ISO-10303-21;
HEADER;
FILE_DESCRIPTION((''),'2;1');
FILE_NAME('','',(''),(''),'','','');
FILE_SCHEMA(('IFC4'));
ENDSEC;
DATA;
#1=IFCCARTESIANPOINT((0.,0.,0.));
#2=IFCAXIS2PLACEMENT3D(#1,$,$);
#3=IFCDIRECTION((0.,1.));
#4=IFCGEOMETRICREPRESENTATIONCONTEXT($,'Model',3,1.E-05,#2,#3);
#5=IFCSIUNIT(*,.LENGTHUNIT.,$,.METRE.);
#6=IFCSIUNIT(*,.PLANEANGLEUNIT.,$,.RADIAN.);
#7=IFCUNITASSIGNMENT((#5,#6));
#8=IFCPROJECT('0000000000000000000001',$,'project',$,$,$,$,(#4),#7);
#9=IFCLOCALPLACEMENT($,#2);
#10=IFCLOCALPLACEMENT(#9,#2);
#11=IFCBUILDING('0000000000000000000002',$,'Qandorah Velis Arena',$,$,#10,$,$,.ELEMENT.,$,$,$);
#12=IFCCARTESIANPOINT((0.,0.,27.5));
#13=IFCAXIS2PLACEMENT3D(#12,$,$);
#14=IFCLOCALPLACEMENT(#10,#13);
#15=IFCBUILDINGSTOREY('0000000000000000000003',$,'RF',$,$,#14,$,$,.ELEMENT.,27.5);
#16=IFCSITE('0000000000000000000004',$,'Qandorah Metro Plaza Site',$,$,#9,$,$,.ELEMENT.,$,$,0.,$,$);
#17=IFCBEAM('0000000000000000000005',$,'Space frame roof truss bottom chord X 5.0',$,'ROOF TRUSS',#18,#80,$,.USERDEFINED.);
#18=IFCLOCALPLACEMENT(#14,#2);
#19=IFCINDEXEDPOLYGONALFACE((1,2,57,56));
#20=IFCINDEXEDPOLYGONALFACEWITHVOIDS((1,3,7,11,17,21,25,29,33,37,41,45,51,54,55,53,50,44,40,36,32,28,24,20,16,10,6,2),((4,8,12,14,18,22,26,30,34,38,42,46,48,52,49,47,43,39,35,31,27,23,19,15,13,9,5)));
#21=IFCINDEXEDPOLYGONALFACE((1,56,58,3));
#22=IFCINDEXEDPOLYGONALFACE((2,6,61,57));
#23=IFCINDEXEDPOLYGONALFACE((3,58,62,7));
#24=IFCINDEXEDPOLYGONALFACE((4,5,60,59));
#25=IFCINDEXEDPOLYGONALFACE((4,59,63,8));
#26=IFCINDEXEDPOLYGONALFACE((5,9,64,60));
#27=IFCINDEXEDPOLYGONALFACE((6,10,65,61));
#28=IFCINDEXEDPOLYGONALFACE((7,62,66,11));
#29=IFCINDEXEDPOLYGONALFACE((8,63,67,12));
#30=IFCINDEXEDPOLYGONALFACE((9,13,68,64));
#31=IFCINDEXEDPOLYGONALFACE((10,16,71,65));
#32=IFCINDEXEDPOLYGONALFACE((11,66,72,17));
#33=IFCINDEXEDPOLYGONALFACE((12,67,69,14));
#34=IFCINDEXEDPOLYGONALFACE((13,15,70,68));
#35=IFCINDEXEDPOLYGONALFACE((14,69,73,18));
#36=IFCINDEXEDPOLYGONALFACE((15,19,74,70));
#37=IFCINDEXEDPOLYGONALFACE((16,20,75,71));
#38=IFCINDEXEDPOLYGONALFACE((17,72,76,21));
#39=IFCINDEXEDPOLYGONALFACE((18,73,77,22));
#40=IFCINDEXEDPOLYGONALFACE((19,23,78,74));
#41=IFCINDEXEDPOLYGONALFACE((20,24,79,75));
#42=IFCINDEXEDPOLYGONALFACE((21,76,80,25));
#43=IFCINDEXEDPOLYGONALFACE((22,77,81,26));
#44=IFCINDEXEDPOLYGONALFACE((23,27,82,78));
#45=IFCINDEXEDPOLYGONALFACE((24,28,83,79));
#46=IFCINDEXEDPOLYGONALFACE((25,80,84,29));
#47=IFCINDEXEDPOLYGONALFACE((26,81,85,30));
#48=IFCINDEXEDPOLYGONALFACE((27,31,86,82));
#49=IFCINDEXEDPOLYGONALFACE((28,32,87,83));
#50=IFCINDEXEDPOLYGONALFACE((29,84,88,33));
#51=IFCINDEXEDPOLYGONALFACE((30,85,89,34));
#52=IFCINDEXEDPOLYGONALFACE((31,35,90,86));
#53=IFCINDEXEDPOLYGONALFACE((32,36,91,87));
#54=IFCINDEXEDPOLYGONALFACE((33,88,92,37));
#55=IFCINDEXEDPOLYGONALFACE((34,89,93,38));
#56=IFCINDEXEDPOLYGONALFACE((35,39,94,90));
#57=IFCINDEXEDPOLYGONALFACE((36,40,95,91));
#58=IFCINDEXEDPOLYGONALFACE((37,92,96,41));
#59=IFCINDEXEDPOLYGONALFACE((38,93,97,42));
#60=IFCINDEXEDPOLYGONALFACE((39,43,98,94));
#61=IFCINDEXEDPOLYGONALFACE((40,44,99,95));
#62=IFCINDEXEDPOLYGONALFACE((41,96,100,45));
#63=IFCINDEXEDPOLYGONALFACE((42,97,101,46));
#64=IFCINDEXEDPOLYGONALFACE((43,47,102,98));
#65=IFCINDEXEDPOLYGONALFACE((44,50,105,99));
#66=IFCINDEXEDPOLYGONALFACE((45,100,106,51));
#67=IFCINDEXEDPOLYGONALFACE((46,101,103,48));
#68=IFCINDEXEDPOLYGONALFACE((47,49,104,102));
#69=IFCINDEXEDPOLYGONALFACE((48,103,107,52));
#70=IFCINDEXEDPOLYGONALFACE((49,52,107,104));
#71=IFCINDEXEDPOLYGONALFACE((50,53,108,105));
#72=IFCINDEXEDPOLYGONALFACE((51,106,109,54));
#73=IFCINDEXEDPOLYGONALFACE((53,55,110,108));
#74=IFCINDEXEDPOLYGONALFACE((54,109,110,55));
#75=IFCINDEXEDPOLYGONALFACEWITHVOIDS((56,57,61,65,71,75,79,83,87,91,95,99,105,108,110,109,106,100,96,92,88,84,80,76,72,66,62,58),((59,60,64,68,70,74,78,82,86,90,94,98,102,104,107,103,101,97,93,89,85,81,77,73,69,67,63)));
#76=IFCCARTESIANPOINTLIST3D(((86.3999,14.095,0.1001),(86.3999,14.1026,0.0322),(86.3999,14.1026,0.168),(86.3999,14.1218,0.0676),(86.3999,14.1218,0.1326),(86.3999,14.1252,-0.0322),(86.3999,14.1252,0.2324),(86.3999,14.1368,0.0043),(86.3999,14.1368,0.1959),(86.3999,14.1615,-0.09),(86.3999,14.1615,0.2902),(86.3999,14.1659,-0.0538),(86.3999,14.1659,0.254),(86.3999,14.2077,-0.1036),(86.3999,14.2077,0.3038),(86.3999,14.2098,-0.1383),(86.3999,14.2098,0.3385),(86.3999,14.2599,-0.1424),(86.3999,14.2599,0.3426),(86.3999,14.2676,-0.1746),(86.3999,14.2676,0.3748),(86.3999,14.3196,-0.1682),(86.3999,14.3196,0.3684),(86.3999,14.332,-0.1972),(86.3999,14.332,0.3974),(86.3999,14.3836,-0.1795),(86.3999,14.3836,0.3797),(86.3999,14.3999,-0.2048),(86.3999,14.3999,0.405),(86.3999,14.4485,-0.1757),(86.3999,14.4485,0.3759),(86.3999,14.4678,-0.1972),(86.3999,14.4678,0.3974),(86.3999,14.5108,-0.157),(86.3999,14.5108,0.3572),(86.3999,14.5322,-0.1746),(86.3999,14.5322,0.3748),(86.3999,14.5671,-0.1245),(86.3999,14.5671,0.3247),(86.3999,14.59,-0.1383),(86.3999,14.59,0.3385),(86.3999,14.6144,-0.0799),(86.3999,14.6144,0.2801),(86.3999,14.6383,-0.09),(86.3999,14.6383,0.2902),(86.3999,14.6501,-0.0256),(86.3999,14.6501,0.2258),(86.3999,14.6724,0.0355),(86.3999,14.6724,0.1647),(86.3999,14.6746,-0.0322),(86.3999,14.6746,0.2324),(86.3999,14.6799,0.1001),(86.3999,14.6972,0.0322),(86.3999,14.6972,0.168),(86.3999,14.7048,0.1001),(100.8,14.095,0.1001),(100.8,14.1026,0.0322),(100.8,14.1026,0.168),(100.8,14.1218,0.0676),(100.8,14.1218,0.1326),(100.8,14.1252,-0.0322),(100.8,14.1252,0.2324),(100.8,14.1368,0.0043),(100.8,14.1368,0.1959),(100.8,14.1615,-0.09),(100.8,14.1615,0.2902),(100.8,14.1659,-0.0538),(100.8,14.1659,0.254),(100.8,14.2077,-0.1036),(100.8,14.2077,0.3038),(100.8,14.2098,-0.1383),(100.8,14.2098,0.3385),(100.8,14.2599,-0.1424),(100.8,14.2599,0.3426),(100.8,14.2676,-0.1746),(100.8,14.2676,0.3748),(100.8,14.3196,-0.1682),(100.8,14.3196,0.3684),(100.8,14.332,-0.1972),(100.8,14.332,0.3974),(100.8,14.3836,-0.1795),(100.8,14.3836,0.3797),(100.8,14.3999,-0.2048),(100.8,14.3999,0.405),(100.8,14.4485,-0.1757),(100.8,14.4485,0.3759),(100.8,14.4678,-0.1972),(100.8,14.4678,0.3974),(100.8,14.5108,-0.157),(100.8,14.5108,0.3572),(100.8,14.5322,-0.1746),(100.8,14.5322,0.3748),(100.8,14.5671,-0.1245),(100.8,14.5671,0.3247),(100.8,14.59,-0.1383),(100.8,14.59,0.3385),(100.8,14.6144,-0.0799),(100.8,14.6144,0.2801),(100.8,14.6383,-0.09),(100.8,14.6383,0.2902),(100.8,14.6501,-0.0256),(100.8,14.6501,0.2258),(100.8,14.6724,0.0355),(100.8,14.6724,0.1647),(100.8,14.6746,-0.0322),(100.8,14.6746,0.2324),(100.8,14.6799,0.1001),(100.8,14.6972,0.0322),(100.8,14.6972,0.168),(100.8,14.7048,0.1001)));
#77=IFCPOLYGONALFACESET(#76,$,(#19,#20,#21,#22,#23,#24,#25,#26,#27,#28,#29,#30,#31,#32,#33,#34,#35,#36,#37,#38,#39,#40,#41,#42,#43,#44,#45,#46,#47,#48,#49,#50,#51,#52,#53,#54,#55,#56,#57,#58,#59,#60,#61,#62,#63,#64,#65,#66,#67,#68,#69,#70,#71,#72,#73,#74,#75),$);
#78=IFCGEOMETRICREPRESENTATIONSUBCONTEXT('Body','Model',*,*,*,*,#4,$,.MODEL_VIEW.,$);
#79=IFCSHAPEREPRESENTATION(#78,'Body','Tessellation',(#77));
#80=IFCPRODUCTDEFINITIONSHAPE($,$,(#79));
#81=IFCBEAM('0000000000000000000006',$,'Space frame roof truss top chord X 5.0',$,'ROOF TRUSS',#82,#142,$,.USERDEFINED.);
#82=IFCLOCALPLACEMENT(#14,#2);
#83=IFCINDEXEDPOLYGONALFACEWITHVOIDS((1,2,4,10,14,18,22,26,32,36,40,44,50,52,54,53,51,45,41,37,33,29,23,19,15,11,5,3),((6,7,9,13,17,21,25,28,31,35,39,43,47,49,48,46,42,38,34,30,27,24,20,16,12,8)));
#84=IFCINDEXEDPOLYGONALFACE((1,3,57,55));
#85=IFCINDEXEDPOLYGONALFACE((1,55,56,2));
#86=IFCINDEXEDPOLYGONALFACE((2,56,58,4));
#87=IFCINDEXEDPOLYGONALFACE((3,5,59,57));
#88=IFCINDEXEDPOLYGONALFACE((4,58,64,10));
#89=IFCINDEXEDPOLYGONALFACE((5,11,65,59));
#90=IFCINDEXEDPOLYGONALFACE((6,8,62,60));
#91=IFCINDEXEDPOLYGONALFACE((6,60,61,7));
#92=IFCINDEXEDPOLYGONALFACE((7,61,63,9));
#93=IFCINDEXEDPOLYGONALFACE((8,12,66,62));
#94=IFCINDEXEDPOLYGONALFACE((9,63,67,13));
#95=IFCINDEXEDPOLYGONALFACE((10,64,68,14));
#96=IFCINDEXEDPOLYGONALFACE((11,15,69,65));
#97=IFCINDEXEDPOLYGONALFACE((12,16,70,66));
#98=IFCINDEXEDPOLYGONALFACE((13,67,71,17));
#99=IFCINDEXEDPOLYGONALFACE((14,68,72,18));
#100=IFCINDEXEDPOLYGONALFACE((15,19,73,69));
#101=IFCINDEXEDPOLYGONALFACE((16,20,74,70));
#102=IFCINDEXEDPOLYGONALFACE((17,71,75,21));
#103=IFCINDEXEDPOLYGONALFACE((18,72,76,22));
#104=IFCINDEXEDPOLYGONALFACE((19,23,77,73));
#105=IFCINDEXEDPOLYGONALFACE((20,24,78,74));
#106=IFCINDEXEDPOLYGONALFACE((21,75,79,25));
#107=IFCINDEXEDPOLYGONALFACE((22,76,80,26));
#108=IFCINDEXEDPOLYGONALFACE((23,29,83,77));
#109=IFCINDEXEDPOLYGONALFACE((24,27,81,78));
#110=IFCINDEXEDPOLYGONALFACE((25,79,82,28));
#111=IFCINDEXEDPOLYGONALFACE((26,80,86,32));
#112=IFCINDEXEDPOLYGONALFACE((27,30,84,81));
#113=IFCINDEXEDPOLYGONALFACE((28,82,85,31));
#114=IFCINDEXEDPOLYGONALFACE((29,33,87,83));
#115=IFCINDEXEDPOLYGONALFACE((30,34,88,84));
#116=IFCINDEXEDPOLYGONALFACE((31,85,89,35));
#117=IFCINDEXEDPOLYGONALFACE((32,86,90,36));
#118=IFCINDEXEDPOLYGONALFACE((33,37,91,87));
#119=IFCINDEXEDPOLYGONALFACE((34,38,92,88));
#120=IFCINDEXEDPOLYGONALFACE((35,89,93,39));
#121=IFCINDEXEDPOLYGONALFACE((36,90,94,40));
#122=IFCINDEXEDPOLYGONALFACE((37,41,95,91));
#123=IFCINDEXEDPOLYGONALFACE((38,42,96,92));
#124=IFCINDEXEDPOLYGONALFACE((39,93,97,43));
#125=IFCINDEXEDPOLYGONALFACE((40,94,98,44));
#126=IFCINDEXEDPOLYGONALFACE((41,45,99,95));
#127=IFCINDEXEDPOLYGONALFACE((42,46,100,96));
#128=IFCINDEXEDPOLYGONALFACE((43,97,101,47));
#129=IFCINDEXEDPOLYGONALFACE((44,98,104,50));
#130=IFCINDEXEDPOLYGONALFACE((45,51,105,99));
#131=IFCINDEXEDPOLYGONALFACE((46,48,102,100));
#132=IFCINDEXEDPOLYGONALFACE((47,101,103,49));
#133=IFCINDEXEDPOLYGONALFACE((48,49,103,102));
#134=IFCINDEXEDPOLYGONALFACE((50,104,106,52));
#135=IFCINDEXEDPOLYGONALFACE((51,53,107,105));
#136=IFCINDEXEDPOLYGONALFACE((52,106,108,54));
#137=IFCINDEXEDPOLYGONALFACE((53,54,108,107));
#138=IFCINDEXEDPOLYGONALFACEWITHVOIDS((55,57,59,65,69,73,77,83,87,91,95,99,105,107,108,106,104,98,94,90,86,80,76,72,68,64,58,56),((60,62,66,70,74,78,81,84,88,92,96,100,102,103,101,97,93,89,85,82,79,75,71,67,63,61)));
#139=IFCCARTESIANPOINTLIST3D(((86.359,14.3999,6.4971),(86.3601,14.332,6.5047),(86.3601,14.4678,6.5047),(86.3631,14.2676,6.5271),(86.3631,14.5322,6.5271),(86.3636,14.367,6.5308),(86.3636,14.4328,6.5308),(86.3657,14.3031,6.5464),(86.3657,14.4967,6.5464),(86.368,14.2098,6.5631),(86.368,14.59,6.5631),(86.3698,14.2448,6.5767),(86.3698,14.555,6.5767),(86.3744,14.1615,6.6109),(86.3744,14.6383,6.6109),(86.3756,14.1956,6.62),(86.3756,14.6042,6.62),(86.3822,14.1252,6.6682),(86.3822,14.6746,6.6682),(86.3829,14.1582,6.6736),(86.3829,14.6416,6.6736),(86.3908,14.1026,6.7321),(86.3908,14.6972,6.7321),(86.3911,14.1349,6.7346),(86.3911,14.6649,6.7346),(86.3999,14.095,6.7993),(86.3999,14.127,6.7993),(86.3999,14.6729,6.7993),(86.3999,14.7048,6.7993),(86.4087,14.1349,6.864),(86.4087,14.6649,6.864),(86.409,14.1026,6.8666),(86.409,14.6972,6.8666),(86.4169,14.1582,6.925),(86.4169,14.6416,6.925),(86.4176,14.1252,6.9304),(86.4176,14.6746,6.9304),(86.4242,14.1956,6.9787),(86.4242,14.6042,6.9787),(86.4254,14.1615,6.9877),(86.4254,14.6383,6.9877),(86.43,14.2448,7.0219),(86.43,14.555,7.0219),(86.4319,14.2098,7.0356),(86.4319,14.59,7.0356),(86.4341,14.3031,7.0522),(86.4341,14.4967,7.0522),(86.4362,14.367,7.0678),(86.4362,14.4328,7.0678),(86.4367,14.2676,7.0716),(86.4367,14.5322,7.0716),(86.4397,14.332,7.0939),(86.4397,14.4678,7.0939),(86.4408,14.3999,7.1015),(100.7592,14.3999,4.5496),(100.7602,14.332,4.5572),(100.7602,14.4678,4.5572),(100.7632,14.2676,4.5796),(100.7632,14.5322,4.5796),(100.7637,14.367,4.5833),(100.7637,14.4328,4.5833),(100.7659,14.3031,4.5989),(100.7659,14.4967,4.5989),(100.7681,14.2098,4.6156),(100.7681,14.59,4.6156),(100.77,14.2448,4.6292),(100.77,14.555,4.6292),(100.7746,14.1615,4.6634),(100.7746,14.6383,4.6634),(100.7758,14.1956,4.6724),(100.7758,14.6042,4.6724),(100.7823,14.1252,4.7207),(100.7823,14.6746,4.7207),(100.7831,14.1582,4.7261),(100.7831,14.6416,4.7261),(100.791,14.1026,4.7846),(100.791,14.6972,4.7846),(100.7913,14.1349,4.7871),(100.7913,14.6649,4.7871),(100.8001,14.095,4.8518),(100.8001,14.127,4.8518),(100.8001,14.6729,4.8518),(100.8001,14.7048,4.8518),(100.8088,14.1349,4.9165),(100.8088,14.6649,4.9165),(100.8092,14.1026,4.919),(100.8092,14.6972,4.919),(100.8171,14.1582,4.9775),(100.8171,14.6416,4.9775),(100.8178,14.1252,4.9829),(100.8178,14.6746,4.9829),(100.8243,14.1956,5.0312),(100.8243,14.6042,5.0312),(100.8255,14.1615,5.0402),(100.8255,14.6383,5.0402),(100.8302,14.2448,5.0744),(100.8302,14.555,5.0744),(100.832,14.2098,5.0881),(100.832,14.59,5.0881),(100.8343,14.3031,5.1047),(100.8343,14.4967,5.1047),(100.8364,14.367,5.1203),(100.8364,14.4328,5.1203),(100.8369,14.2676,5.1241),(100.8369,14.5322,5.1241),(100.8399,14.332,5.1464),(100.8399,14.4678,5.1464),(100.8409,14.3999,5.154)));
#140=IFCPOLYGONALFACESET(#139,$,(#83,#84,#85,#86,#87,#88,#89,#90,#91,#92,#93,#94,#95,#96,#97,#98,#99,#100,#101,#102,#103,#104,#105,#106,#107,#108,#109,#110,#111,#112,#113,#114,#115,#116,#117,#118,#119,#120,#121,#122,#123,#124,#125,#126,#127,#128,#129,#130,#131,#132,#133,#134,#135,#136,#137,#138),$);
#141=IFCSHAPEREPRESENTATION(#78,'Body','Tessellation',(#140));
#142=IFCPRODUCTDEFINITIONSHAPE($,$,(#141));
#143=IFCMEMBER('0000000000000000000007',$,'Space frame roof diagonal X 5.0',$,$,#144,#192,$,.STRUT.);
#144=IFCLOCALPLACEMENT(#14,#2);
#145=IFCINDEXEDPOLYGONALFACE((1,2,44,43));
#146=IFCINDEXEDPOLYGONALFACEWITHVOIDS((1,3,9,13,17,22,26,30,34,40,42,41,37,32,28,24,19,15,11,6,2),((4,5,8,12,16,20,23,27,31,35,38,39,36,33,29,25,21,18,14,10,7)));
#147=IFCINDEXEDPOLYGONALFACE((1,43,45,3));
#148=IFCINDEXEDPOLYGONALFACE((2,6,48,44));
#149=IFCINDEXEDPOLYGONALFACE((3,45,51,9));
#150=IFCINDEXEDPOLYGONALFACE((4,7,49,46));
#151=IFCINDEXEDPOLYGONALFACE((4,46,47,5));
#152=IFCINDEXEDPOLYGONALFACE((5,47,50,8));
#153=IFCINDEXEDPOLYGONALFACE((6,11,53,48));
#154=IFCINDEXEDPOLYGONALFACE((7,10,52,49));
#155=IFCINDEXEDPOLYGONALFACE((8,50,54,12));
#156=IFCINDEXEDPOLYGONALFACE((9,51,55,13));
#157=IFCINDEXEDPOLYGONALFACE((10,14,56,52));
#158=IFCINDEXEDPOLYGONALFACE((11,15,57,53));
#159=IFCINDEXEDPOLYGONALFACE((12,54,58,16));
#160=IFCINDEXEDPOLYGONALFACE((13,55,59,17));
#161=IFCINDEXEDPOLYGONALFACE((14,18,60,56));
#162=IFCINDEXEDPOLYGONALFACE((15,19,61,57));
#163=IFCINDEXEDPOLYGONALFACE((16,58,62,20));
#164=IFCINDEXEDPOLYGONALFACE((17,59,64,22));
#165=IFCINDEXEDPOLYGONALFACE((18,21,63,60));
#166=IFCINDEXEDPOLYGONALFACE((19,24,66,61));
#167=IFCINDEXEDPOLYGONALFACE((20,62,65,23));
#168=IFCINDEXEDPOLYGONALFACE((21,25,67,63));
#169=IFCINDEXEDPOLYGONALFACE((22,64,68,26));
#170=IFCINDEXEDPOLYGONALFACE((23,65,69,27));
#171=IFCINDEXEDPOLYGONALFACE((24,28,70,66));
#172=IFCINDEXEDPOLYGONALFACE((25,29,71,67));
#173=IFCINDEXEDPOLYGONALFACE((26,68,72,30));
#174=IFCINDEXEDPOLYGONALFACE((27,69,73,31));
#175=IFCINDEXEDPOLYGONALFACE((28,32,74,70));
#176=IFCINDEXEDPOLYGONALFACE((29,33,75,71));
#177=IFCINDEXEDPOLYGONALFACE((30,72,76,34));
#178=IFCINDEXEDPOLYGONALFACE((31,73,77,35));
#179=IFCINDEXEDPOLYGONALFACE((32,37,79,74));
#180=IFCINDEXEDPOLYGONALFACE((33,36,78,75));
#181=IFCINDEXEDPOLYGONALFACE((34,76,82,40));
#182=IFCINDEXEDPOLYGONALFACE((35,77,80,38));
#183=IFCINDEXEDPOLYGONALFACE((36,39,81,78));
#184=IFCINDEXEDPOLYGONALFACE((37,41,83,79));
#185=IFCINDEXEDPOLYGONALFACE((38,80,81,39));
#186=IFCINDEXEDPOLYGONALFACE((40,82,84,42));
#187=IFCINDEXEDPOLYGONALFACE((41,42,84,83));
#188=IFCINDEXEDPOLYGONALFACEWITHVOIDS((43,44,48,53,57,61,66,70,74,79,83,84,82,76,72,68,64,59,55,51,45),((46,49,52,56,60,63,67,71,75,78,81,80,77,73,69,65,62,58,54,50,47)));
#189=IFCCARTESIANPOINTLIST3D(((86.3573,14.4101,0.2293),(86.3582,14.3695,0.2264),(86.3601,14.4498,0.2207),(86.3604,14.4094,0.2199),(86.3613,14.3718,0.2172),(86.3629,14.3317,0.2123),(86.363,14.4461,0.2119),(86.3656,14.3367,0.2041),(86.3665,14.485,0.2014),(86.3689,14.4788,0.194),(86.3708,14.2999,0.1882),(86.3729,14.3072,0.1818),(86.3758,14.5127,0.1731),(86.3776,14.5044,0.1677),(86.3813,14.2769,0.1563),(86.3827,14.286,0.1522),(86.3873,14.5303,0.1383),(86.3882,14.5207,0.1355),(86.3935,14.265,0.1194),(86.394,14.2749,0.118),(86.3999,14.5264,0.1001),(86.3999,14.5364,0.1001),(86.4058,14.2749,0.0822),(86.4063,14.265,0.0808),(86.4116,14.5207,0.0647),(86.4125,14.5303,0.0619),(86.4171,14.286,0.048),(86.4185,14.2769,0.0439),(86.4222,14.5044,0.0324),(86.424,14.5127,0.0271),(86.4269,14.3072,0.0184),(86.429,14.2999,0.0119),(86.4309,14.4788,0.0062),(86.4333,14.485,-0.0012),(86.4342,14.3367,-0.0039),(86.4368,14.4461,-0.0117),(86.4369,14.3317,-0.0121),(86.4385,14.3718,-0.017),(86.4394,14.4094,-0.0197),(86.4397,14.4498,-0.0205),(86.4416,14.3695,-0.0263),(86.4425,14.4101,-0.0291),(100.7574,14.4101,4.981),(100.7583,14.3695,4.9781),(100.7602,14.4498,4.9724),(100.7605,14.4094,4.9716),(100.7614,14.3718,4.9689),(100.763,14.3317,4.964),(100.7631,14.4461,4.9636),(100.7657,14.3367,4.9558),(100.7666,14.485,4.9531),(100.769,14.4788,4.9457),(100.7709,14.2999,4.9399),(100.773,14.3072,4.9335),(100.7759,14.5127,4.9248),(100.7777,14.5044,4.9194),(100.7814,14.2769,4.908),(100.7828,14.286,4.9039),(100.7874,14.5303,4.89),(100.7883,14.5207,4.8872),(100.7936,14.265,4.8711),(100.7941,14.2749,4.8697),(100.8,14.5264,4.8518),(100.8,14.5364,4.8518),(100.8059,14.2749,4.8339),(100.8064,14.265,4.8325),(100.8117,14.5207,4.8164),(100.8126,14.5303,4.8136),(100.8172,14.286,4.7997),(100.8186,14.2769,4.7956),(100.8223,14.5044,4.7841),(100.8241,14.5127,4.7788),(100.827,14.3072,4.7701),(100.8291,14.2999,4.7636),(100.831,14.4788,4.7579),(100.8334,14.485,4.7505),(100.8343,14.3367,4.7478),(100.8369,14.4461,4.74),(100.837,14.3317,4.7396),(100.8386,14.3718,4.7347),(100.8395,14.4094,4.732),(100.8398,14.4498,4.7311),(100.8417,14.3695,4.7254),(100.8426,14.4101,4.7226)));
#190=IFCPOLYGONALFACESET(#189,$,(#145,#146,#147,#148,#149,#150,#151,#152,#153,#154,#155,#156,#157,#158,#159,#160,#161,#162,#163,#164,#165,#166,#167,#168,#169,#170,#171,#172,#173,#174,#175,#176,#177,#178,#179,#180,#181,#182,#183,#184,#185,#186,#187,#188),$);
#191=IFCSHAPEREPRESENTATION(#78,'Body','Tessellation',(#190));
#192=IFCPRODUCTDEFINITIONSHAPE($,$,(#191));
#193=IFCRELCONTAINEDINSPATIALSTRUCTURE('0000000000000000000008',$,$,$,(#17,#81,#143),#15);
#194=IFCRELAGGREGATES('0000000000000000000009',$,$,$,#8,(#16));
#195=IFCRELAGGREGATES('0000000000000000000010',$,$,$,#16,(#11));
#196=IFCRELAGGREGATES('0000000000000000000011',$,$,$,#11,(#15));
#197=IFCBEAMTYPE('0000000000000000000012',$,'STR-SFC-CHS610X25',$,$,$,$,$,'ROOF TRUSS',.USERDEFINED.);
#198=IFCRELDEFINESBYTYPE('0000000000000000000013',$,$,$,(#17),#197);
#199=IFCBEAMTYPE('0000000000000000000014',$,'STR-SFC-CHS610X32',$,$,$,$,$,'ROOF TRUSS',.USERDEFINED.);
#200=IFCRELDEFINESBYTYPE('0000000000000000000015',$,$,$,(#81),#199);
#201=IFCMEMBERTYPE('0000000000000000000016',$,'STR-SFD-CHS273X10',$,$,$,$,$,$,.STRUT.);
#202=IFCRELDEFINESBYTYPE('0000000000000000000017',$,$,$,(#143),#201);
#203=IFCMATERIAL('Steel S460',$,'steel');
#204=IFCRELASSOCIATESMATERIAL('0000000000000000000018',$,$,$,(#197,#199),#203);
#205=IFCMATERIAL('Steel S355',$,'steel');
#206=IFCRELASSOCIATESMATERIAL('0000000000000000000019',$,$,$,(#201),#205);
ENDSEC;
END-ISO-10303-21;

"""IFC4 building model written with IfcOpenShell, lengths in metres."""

from ifc_helpers import new_model, si_unit, direction, frame, origin, origin_2d, place, context, subcontext, project, spatial, hollow_circle, extrude, material, material_profile, profile_set, type_object, element, save


model = new_model("IFC4")

# Units and contexts
model_context = context("Model", 3, precision=1e-05, world=origin(), true_north=direction((0.0, 1.0)))
body_context = subcontext(model_context, "Body", "Model", "MODEL_VIEW")
ifc_project = project(units=[si_unit("LENGTHUNIT", "METRE"), si_unit("PLANEANGLEUNIT", "RADIAN")], contexts=[model_context])

# Site, building, storey
site_placement = place(None, origin())
site = spatial("IfcSite", under=ifc_project, at=site_placement, Name="Qandorah Metro Plaza Site", CompositionType="ELEMENT", RefElevation=0.0)
building_placement = place(site_placement, origin())
building = spatial("IfcBuilding", under=site, at=building_placement, Name="Qandorah Velis Arena", CompositionType="ELEMENT")
storey_placement = place(building_placement, frame((0.0, 0.0, 27.5)))
storey = spatial("IfcBuildingStorey", under=building, at=storey_placement, Name="RF", CompositionType="ELEMENT", Elevation=27.5)

# Beams
ifc_material_1 = material(Name="Steel S355", Category="steel")
ifc_material_2 = material(Name="Steel S460", Category="steel")
ifc_material_profile_1 = material_profile(ifc_material_2, hollow_circle(Radius=0.3049, WallThickness=0.0249, at=origin_2d()), Name="CHS 610x25")
ifc_profile_set_1 = profile_set([ifc_material_profile_1], Name="Steel S460")
beam_type_1 = type_object("IfcBeamType", Name="STR-SFC-CHS610X25", ElementType="ROOF TRUSS", PredefinedType="USERDEFINED", material=ifc_profile_set_1)
beam_1_placement = place(storey_placement, frame((86.3999, 14.3999, 0.1001), z_axis=(1.0, 0.0, 0.0), x_axis=(0.0, 1.0, 0.0)))
element("IfcBeam", 1, at=beam_1_placement, inside=storey, type_object=beam_type_1, Name="Space frame roof truss bottom chord X 5.0", ObjectType="ROOF TRUSS", PredefinedType="USERDEFINED", context=body_context, shape_type="SweptSolid", body=[
    extrude(hollow_circle(Radius=0.3049, WallThickness=0.0249, at=origin_2d()), origin(), (0.0, 0.0, 1.0), 14.4001),
])
ifc_material_profile_2 = material_profile(ifc_material_2, hollow_circle(Radius=0.3049, WallThickness=0.032, at=origin_2d()), Name="CHS 610x32")
ifc_profile_set_2 = profile_set([ifc_material_profile_2], Name="Steel S460")
beam_type_2 = type_object("IfcBeamType", Name="STR-SFC-CHS610X32", ElementType="ROOF TRUSS", PredefinedType="USERDEFINED", material=ifc_profile_set_2)
beam_2_placement = place(storey_placement, frame((86.3999, 14.3999, 6.7993), z_axis=(0.990978, 0.0, -0.134022), x_axis=(0.0, 1.0, 0.0)))
element("IfcBeam", 2, at=beam_2_placement, inside=storey, type_object=beam_type_2, Name="Space frame roof truss top chord X 5.0", ObjectType="ROOF TRUSS", PredefinedType="USERDEFINED", context=body_context, shape_type="SweptSolid", body=[
    extrude(hollow_circle(Radius=0.3049, WallThickness=0.032, at=origin_2d()), origin(), (0.0, 0.0, 1.0), 14.5312),
])

# Member
ifc_material_profile_3 = material_profile(ifc_material_1, hollow_circle(Radius=0.1365, WallThickness=0.01, at=origin_2d()), Name="CHS 273x10")
ifc_profile_set_3 = profile_set([ifc_material_profile_3], Name="Steel S355")
member_type_1 = type_object("IfcMemberType", Name="STR-SFD-CHS273X10", PredefinedType="STRUT", material=ifc_profile_set_3)
member_1_placement = place(storey_placement, frame((86.3999, 14.3999, 0.1001), z_axis=(0.949635, 0.0, 0.313357), x_axis=(0.0, 1.0, 0.0)))
element("IfcMember", 3, at=member_1_placement, inside=storey, type_object=member_type_1, Name="Space frame roof diagonal X 5.0", PredefinedType="STRUT", context=body_context, shape_type="SweptSolid", body=[
    extrude(hollow_circle(Radius=0.1365, WallThickness=0.01, at=origin_2d()), origin(), (0.0, 0.0, 1.0), 15.1638),
])

save(model, "model.ifc")
